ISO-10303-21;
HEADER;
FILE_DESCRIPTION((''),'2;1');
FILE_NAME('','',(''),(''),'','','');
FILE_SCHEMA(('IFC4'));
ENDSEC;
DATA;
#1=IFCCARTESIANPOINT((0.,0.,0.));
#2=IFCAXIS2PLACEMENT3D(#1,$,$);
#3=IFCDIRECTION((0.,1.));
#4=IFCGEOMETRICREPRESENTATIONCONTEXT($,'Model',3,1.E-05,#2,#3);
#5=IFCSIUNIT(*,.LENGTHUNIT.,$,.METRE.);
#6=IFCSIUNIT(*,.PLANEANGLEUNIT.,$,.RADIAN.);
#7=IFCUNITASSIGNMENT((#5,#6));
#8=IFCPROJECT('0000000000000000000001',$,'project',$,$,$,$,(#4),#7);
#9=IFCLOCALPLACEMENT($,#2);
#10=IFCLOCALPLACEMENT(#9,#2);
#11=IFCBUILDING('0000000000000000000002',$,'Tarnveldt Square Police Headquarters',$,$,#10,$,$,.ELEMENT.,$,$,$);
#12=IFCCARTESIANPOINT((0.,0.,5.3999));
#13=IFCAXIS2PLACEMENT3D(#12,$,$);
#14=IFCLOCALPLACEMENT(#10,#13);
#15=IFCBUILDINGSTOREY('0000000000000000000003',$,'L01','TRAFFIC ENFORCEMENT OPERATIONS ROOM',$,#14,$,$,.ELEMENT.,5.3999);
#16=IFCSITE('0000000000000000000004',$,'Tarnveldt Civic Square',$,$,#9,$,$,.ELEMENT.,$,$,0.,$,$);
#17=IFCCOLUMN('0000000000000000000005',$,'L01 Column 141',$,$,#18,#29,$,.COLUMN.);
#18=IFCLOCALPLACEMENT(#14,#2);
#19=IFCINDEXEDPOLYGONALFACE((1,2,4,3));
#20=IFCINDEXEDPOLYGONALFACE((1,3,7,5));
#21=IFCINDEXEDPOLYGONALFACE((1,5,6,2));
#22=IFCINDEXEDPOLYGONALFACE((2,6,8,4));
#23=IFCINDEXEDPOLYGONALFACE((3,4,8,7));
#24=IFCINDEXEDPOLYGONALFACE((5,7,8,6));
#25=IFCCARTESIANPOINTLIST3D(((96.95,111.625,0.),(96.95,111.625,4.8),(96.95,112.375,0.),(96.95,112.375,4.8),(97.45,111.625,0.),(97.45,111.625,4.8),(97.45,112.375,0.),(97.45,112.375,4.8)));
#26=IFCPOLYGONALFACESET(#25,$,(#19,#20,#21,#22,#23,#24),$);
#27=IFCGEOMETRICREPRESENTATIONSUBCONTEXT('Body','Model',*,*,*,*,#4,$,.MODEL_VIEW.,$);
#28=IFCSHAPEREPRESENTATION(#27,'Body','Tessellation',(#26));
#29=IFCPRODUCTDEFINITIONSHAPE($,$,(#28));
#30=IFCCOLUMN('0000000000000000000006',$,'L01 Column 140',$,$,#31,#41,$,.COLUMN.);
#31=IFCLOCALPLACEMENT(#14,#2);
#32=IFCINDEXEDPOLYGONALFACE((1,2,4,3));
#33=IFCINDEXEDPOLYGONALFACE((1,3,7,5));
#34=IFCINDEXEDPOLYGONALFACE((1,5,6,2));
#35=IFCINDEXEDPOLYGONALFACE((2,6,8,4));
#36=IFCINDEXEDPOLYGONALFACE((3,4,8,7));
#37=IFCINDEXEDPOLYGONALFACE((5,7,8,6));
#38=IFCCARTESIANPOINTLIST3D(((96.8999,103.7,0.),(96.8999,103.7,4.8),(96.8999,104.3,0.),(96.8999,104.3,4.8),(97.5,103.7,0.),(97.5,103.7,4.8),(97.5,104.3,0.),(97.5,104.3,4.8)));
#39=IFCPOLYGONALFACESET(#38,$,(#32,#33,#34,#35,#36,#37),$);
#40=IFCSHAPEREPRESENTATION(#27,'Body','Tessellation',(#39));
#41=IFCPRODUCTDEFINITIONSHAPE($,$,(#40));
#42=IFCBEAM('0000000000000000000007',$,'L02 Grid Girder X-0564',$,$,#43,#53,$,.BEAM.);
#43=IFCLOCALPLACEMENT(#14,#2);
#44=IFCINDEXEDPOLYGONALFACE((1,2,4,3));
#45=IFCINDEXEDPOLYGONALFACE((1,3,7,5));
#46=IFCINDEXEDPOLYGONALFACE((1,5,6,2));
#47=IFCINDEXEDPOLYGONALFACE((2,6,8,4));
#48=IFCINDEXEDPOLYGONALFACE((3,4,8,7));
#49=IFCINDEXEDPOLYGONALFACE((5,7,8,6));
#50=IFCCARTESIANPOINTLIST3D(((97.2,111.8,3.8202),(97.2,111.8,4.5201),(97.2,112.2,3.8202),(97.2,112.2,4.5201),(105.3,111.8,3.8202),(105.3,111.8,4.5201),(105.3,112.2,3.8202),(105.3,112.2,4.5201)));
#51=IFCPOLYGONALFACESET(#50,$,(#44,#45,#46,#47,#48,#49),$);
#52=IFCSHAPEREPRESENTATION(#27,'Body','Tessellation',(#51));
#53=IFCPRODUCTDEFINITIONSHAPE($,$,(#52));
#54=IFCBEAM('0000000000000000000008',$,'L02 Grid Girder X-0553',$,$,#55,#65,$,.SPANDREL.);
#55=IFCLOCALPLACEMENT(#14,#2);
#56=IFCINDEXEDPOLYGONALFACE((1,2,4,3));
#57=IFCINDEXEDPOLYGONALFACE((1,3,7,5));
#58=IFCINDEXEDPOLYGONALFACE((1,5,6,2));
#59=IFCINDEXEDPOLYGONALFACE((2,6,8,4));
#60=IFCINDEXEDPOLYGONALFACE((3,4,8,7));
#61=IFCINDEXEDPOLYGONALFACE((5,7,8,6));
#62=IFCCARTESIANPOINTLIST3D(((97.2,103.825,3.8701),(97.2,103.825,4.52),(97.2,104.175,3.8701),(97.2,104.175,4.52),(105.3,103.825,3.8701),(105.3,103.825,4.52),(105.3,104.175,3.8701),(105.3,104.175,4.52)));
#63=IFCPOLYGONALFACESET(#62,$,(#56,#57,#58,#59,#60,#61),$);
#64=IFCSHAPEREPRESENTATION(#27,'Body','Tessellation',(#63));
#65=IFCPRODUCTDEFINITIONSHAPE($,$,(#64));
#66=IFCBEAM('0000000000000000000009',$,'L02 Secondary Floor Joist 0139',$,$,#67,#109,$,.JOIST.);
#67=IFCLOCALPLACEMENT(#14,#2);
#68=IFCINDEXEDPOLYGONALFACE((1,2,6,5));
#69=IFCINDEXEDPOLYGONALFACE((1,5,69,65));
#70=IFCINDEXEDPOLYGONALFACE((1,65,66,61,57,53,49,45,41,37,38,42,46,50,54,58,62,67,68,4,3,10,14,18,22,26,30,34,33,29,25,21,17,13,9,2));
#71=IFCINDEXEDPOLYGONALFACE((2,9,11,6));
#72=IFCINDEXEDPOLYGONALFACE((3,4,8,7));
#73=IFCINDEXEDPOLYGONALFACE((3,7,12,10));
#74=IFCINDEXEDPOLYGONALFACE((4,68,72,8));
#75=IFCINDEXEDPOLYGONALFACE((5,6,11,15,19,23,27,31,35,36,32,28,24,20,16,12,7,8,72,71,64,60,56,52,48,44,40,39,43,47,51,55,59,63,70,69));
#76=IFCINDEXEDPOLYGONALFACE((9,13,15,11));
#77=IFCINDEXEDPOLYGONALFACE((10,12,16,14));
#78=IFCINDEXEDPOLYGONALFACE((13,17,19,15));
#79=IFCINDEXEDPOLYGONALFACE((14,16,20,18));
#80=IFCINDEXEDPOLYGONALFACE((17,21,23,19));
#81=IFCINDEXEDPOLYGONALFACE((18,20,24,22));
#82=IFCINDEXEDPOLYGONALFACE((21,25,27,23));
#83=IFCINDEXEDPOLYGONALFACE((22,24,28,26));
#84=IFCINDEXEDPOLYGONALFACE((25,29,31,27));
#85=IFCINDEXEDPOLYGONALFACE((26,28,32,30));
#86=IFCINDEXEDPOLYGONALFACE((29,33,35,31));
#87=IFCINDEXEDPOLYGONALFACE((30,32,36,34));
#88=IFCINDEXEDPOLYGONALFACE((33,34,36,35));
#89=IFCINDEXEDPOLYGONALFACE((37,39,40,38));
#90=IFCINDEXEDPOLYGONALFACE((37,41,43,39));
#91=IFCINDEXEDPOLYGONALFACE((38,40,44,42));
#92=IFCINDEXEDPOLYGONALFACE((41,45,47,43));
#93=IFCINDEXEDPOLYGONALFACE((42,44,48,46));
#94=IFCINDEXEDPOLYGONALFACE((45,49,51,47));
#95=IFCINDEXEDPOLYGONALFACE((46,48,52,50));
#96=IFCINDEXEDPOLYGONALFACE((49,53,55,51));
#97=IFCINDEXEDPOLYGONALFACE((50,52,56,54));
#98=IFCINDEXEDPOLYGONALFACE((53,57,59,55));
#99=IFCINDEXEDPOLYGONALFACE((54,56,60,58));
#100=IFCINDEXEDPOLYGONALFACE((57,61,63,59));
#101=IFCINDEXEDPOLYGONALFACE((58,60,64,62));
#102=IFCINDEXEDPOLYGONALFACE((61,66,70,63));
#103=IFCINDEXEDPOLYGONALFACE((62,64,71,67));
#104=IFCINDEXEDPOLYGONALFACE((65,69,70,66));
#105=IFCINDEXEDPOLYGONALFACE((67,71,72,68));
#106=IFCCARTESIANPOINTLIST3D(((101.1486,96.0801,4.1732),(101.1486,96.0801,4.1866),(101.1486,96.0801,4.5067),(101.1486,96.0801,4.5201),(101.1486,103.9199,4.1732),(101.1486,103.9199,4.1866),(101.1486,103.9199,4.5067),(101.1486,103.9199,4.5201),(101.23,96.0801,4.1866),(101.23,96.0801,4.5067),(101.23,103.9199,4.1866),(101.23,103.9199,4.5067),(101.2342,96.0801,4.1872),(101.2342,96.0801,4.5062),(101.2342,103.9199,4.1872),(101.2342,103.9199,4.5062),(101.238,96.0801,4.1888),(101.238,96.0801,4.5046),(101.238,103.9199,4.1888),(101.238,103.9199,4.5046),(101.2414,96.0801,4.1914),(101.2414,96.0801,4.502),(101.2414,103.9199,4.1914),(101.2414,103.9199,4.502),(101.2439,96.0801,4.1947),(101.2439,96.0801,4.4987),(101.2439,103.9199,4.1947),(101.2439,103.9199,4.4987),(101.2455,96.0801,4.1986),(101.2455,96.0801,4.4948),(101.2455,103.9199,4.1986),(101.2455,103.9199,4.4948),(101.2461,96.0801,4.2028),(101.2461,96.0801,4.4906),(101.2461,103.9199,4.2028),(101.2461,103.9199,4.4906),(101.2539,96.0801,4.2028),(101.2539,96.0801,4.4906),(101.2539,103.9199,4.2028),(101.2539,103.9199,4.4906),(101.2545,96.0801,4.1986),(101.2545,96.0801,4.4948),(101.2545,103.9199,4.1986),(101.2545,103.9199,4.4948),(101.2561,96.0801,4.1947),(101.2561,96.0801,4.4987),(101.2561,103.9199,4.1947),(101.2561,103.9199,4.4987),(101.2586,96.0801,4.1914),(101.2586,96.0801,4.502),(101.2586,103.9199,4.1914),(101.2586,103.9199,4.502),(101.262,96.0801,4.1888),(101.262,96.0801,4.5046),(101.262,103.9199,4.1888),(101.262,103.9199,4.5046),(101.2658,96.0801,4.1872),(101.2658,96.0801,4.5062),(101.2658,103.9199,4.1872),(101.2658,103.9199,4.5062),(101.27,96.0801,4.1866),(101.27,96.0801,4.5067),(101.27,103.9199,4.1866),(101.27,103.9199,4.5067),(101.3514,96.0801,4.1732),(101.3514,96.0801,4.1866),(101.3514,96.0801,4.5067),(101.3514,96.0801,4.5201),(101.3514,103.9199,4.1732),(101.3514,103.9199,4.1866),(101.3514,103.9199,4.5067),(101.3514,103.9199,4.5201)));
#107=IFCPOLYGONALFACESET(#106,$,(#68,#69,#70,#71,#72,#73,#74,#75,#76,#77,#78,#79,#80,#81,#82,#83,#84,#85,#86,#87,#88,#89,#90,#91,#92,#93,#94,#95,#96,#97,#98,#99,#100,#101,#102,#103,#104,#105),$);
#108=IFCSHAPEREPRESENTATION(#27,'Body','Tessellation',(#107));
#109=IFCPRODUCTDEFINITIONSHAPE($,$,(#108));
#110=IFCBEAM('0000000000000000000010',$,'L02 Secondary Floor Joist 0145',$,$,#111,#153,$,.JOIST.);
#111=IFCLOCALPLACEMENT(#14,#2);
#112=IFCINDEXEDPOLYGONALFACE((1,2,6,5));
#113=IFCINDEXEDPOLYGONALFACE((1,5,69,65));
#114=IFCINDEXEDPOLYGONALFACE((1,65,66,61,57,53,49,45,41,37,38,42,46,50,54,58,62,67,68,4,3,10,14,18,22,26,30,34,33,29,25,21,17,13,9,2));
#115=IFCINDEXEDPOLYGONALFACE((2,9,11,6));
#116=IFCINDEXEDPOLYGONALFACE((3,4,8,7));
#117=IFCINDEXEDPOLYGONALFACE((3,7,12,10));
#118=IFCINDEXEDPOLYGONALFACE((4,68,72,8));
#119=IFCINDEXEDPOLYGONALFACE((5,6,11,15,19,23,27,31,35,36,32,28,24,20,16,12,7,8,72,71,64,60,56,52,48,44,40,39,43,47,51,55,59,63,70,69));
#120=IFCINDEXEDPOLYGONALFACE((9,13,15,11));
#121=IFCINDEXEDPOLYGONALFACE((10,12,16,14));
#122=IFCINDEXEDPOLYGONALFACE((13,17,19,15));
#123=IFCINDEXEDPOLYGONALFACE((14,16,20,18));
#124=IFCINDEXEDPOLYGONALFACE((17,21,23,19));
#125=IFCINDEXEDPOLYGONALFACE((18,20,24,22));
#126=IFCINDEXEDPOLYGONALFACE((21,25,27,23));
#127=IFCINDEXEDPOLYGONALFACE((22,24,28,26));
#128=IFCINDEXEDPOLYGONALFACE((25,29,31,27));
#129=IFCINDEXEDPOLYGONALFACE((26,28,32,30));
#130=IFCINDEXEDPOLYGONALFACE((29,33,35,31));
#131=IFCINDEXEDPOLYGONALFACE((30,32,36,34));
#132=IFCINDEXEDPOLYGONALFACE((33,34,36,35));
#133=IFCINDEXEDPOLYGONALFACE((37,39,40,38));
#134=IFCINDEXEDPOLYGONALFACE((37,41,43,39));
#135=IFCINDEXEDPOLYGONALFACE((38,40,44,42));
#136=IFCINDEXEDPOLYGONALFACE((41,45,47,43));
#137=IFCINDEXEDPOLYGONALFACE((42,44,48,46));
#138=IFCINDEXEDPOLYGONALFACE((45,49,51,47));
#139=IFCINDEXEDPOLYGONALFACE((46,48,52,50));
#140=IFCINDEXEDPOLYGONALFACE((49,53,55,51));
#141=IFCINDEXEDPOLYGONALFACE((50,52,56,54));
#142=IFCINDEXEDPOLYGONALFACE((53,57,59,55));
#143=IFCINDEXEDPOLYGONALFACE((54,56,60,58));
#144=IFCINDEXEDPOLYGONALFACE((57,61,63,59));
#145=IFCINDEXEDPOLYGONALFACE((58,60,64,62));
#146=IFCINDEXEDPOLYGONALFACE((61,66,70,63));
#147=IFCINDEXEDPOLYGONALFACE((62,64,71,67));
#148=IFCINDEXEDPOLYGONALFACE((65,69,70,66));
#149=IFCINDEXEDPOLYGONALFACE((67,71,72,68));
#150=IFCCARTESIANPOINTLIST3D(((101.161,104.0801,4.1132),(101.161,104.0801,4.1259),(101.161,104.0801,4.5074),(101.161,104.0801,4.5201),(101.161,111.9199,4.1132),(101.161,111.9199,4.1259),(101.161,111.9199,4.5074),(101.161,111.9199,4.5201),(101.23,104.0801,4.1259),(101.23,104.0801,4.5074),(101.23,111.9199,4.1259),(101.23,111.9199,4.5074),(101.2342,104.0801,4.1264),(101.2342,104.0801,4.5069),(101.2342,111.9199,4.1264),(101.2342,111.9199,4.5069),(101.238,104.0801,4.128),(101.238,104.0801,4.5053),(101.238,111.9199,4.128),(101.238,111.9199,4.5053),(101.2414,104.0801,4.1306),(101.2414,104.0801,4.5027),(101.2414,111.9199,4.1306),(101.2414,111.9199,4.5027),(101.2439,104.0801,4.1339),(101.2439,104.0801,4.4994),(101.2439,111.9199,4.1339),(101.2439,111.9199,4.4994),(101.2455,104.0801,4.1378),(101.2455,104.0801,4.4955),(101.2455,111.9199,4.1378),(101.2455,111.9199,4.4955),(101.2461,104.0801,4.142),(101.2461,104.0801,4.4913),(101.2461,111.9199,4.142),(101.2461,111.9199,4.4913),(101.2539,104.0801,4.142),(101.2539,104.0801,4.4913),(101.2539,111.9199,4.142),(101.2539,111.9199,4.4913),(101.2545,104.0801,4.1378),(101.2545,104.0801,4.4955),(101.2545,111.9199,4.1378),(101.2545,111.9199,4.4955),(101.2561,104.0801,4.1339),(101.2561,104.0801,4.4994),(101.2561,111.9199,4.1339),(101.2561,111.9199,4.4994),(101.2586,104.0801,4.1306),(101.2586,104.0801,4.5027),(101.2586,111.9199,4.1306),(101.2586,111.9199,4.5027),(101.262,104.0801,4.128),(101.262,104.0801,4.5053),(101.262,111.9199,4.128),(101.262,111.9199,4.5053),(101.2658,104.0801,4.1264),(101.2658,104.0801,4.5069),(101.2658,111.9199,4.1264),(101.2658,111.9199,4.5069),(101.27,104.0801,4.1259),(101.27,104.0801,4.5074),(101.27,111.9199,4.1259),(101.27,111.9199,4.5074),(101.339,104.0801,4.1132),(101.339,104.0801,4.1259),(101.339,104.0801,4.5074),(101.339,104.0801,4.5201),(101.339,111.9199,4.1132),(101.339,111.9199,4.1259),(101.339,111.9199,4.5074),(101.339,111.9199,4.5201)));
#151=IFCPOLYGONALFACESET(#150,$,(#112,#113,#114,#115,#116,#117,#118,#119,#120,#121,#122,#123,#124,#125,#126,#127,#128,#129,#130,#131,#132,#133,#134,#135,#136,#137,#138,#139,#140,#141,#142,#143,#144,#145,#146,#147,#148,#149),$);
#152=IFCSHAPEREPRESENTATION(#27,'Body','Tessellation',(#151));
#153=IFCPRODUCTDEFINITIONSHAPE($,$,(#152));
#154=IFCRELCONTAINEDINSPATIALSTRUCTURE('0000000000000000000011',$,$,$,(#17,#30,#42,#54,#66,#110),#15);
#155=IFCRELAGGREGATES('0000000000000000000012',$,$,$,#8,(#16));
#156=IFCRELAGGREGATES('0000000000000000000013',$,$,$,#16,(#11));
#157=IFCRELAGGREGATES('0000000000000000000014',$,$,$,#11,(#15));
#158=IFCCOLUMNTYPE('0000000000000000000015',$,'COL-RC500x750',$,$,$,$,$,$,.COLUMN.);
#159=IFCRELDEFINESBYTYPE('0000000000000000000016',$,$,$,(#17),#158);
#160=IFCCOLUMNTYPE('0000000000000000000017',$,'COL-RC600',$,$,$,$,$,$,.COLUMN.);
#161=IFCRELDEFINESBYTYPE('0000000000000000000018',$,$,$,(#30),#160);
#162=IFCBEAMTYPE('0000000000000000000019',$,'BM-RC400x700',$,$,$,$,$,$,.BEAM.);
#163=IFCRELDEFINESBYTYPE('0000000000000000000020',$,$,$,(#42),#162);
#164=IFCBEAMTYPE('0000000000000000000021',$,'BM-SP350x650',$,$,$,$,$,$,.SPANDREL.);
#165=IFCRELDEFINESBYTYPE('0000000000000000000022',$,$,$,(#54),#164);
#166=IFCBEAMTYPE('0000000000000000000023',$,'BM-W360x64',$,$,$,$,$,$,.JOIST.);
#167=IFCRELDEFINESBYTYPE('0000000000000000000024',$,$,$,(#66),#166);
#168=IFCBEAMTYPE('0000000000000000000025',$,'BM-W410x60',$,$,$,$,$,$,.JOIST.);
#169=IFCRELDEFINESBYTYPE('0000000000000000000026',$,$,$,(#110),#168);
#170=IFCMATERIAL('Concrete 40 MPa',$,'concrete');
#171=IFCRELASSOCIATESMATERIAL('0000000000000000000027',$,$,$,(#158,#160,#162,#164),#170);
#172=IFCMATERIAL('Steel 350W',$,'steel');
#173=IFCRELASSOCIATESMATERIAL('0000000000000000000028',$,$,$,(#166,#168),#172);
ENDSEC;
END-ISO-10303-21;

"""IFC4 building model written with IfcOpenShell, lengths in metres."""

from ifc_helpers import new_model, si_unit, direction, frame, origin, origin_2d, place, context, subcontext, project, spatial, rectangle, i_section, extrude, material, material_profile, profile_set, type_object, element, save


model = new_model("IFC4")

# Units and contexts
model_context = context("Model", 3, precision=1e-05, world=origin(), true_north=direction((0.0, 1.0)))
body_context = subcontext(model_context, "Body", "Model", "MODEL_VIEW")
ifc_project = project(units=[si_unit("LENGTHUNIT", "METRE"), si_unit("PLANEANGLEUNIT", "RADIAN")], contexts=[model_context])

# Site, building, storey
site_placement = place(None, origin())
site = spatial("IfcSite", under=ifc_project, at=site_placement, Name="Tarnveldt Civic Square", CompositionType="ELEMENT", RefElevation=0.0)
building_placement = place(site_placement, origin())
building = spatial("IfcBuilding", under=site, at=building_placement, Name="Tarnveldt Square Police Headquarters", CompositionType="ELEMENT")
storey_placement = place(building_placement, frame((0.0, 0.0, 5.3999)))
storey = spatial("IfcBuildingStorey", under=building, at=storey_placement, Name="L01", Description="TRAFFIC ENFORCEMENT OPERATIONS ROOM", CompositionType="ELEMENT", Elevation=5.3999)

# Columns
ifc_material_1 = material(Name="Concrete 40 MPa", Category="concrete")
ifc_material_profile_1 = material_profile(ifc_material_1, rectangle(XDim=0.5, YDim=0.75, at=origin_2d()), Name="RC-C500x750")
ifc_profile_set_1 = profile_set([ifc_material_profile_1], Name="Concrete 40 MPa")
column_type_1 = type_object("IfcColumnType", Name="COL-RC500x750", PredefinedType="COLUMN", material=ifc_profile_set_1)
column_1_placement = place(storey_placement, frame((97.2, 112.0, 0.0), z_axis=(0.0, 0.0, 1.0), x_axis=(1.0, 0.0, 0.0)))
element("IfcColumn", 1, at=column_1_placement, inside=storey, type_object=column_type_1, Name="L01 Column 141", PredefinedType="COLUMN", context=body_context, shape_type="SweptSolid", body=[
    extrude(rectangle(XDim=0.5, YDim=0.75, at=origin_2d()), origin(), (0.0, 0.0, 1.0), 4.8),
])
ifc_material_profile_2 = material_profile(ifc_material_1, rectangle(XDim=0.6001, YDim=0.6001, at=origin_2d()), Name="RC-C600x600")
ifc_profile_set_2 = profile_set([ifc_material_profile_2], Name="Concrete 40 MPa")
column_type_2 = type_object("IfcColumnType", Name="COL-RC600", PredefinedType="COLUMN", material=ifc_profile_set_2)
column_2_placement = place(storey_placement, frame((97.2, 104.0, 0.0), z_axis=(0.0, 0.0, 1.0), x_axis=(1.0, 0.0, 0.0)))
element("IfcColumn", 2, at=column_2_placement, inside=storey, type_object=column_type_2, Name="L01 Column 140", PredefinedType="COLUMN", context=body_context, shape_type="SweptSolid", body=[
    extrude(rectangle(XDim=0.6001, YDim=0.6001, at=origin_2d()), origin(), (0.0, 0.0, 1.0), 4.8),
])

# Beams
ifc_material_profile_3 = material_profile(ifc_material_1, rectangle(XDim=0.3999, YDim=0.7, at=origin_2d()), Name="RC-B400x700")
ifc_profile_set_3 = profile_set([ifc_material_profile_3], Name="Concrete 40 MPa")
beam_type_1 = type_object("IfcBeamType", Name="BM-RC400x700", PredefinedType="BEAM", material=ifc_profile_set_3)
beam_1_placement = place(storey_placement, frame((97.2, 112.0, 4.1702), z_axis=(1.0, 0.0, 0.0), x_axis=(0.0, 1.0, 0.0)))
element("IfcBeam", 3, at=beam_1_placement, inside=storey, type_object=beam_type_1, Name="L02 Grid Girder X-0564", PredefinedType="BEAM", context=body_context, shape_type="SweptSolid", body=[
    extrude(rectangle(XDim=0.3999, YDim=0.7, at=origin_2d()), origin(), (0.0, 0.0, 1.0), 8.1001),
])
ifc_material_profile_4 = material_profile(ifc_material_1, rectangle(XDim=0.3501, YDim=0.6499, at=origin_2d()), Name="RC-SP350x650")
ifc_profile_set_4 = profile_set([ifc_material_profile_4], Name="Concrete 40 MPa")
beam_type_2 = type_object("IfcBeamType", Name="BM-SP350x650", PredefinedType="SPANDREL", material=ifc_profile_set_4)
beam_2_placement = place(storey_placement, frame((97.2, 104.0, 4.1951), z_axis=(1.0, 0.0, 0.0), x_axis=(0.0, 1.0, 0.0)))
element("IfcBeam", 4, at=beam_2_placement, inside=storey, type_object=beam_type_2, Name="L02 Grid Girder X-0553", PredefinedType="SPANDREL", context=body_context, shape_type="SweptSolid", body=[
    extrude(rectangle(XDim=0.3501, YDim=0.6499, at=origin_2d()), origin(), (0.0, 0.0, 1.0), 8.1001),
])
ifc_material_2 = material(Name="Steel 350W", Category="steel")
ifc_material_profile_5 = material_profile(ifc_material_2, i_section(OverallWidth=0.2029, OverallDepth=0.3469, WebThickness=0.0078, FlangeThickness=0.0134, FilletRadius=0.0161, at=origin_2d()), Name="W360x64")
ifc_profile_set_5 = profile_set([ifc_material_profile_5], Name="Steel 350W")
beam_type_3 = type_object("IfcBeamType", Name="BM-W360x64", PredefinedType="JOIST", material=ifc_profile_set_5)
beam_3_placement = place(storey_placement, frame((101.25, 96.0801, 4.3467), z_axis=(0.0, 1.0, 0.0), x_axis=(-1.0, 0.0, 0.0)))
element("IfcBeam", 5, at=beam_3_placement, inside=storey, type_object=beam_type_3, Name="L02 Secondary Floor Joist 0139", PredefinedType="JOIST", context=body_context, shape_type="SweptSolid", body=[
    extrude(i_section(OverallWidth=0.2029, OverallDepth=0.3469, WebThickness=0.0078, FlangeThickness=0.0134, FilletRadius=0.0161, at=origin_2d()), origin(), (0.0, 0.0, 1.0), 7.8398),
])
ifc_material_profile_6 = material_profile(ifc_material_2, i_section(OverallWidth=0.178, OverallDepth=0.407, WebThickness=0.0078, FlangeThickness=0.0127, FilletRadius=0.0161, at=origin_2d()), Name="W410x60")
ifc_profile_set_6 = profile_set([ifc_material_profile_6], Name="Steel 350W")
beam_type_4 = type_object("IfcBeamType", Name="BM-W410x60", PredefinedType="JOIST", material=ifc_profile_set_6)
beam_4_placement = place(storey_placement, frame((101.25, 104.0801, 4.3167), z_axis=(0.0, 1.0, 0.0), x_axis=(-1.0, 0.0, 0.0)))
element("IfcBeam", 6, at=beam_4_placement, inside=storey, type_object=beam_type_4, Name="L02 Secondary Floor Joist 0145", PredefinedType="JOIST", context=body_context, shape_type="SweptSolid", body=[
    extrude(i_section(OverallWidth=0.178, OverallDepth=0.407, WebThickness=0.0078, FlangeThickness=0.0127, FilletRadius=0.0161, at=origin_2d()), origin(), (0.0, 0.0, 1.0), 7.8398),
])

save(model, "model.ifc")
